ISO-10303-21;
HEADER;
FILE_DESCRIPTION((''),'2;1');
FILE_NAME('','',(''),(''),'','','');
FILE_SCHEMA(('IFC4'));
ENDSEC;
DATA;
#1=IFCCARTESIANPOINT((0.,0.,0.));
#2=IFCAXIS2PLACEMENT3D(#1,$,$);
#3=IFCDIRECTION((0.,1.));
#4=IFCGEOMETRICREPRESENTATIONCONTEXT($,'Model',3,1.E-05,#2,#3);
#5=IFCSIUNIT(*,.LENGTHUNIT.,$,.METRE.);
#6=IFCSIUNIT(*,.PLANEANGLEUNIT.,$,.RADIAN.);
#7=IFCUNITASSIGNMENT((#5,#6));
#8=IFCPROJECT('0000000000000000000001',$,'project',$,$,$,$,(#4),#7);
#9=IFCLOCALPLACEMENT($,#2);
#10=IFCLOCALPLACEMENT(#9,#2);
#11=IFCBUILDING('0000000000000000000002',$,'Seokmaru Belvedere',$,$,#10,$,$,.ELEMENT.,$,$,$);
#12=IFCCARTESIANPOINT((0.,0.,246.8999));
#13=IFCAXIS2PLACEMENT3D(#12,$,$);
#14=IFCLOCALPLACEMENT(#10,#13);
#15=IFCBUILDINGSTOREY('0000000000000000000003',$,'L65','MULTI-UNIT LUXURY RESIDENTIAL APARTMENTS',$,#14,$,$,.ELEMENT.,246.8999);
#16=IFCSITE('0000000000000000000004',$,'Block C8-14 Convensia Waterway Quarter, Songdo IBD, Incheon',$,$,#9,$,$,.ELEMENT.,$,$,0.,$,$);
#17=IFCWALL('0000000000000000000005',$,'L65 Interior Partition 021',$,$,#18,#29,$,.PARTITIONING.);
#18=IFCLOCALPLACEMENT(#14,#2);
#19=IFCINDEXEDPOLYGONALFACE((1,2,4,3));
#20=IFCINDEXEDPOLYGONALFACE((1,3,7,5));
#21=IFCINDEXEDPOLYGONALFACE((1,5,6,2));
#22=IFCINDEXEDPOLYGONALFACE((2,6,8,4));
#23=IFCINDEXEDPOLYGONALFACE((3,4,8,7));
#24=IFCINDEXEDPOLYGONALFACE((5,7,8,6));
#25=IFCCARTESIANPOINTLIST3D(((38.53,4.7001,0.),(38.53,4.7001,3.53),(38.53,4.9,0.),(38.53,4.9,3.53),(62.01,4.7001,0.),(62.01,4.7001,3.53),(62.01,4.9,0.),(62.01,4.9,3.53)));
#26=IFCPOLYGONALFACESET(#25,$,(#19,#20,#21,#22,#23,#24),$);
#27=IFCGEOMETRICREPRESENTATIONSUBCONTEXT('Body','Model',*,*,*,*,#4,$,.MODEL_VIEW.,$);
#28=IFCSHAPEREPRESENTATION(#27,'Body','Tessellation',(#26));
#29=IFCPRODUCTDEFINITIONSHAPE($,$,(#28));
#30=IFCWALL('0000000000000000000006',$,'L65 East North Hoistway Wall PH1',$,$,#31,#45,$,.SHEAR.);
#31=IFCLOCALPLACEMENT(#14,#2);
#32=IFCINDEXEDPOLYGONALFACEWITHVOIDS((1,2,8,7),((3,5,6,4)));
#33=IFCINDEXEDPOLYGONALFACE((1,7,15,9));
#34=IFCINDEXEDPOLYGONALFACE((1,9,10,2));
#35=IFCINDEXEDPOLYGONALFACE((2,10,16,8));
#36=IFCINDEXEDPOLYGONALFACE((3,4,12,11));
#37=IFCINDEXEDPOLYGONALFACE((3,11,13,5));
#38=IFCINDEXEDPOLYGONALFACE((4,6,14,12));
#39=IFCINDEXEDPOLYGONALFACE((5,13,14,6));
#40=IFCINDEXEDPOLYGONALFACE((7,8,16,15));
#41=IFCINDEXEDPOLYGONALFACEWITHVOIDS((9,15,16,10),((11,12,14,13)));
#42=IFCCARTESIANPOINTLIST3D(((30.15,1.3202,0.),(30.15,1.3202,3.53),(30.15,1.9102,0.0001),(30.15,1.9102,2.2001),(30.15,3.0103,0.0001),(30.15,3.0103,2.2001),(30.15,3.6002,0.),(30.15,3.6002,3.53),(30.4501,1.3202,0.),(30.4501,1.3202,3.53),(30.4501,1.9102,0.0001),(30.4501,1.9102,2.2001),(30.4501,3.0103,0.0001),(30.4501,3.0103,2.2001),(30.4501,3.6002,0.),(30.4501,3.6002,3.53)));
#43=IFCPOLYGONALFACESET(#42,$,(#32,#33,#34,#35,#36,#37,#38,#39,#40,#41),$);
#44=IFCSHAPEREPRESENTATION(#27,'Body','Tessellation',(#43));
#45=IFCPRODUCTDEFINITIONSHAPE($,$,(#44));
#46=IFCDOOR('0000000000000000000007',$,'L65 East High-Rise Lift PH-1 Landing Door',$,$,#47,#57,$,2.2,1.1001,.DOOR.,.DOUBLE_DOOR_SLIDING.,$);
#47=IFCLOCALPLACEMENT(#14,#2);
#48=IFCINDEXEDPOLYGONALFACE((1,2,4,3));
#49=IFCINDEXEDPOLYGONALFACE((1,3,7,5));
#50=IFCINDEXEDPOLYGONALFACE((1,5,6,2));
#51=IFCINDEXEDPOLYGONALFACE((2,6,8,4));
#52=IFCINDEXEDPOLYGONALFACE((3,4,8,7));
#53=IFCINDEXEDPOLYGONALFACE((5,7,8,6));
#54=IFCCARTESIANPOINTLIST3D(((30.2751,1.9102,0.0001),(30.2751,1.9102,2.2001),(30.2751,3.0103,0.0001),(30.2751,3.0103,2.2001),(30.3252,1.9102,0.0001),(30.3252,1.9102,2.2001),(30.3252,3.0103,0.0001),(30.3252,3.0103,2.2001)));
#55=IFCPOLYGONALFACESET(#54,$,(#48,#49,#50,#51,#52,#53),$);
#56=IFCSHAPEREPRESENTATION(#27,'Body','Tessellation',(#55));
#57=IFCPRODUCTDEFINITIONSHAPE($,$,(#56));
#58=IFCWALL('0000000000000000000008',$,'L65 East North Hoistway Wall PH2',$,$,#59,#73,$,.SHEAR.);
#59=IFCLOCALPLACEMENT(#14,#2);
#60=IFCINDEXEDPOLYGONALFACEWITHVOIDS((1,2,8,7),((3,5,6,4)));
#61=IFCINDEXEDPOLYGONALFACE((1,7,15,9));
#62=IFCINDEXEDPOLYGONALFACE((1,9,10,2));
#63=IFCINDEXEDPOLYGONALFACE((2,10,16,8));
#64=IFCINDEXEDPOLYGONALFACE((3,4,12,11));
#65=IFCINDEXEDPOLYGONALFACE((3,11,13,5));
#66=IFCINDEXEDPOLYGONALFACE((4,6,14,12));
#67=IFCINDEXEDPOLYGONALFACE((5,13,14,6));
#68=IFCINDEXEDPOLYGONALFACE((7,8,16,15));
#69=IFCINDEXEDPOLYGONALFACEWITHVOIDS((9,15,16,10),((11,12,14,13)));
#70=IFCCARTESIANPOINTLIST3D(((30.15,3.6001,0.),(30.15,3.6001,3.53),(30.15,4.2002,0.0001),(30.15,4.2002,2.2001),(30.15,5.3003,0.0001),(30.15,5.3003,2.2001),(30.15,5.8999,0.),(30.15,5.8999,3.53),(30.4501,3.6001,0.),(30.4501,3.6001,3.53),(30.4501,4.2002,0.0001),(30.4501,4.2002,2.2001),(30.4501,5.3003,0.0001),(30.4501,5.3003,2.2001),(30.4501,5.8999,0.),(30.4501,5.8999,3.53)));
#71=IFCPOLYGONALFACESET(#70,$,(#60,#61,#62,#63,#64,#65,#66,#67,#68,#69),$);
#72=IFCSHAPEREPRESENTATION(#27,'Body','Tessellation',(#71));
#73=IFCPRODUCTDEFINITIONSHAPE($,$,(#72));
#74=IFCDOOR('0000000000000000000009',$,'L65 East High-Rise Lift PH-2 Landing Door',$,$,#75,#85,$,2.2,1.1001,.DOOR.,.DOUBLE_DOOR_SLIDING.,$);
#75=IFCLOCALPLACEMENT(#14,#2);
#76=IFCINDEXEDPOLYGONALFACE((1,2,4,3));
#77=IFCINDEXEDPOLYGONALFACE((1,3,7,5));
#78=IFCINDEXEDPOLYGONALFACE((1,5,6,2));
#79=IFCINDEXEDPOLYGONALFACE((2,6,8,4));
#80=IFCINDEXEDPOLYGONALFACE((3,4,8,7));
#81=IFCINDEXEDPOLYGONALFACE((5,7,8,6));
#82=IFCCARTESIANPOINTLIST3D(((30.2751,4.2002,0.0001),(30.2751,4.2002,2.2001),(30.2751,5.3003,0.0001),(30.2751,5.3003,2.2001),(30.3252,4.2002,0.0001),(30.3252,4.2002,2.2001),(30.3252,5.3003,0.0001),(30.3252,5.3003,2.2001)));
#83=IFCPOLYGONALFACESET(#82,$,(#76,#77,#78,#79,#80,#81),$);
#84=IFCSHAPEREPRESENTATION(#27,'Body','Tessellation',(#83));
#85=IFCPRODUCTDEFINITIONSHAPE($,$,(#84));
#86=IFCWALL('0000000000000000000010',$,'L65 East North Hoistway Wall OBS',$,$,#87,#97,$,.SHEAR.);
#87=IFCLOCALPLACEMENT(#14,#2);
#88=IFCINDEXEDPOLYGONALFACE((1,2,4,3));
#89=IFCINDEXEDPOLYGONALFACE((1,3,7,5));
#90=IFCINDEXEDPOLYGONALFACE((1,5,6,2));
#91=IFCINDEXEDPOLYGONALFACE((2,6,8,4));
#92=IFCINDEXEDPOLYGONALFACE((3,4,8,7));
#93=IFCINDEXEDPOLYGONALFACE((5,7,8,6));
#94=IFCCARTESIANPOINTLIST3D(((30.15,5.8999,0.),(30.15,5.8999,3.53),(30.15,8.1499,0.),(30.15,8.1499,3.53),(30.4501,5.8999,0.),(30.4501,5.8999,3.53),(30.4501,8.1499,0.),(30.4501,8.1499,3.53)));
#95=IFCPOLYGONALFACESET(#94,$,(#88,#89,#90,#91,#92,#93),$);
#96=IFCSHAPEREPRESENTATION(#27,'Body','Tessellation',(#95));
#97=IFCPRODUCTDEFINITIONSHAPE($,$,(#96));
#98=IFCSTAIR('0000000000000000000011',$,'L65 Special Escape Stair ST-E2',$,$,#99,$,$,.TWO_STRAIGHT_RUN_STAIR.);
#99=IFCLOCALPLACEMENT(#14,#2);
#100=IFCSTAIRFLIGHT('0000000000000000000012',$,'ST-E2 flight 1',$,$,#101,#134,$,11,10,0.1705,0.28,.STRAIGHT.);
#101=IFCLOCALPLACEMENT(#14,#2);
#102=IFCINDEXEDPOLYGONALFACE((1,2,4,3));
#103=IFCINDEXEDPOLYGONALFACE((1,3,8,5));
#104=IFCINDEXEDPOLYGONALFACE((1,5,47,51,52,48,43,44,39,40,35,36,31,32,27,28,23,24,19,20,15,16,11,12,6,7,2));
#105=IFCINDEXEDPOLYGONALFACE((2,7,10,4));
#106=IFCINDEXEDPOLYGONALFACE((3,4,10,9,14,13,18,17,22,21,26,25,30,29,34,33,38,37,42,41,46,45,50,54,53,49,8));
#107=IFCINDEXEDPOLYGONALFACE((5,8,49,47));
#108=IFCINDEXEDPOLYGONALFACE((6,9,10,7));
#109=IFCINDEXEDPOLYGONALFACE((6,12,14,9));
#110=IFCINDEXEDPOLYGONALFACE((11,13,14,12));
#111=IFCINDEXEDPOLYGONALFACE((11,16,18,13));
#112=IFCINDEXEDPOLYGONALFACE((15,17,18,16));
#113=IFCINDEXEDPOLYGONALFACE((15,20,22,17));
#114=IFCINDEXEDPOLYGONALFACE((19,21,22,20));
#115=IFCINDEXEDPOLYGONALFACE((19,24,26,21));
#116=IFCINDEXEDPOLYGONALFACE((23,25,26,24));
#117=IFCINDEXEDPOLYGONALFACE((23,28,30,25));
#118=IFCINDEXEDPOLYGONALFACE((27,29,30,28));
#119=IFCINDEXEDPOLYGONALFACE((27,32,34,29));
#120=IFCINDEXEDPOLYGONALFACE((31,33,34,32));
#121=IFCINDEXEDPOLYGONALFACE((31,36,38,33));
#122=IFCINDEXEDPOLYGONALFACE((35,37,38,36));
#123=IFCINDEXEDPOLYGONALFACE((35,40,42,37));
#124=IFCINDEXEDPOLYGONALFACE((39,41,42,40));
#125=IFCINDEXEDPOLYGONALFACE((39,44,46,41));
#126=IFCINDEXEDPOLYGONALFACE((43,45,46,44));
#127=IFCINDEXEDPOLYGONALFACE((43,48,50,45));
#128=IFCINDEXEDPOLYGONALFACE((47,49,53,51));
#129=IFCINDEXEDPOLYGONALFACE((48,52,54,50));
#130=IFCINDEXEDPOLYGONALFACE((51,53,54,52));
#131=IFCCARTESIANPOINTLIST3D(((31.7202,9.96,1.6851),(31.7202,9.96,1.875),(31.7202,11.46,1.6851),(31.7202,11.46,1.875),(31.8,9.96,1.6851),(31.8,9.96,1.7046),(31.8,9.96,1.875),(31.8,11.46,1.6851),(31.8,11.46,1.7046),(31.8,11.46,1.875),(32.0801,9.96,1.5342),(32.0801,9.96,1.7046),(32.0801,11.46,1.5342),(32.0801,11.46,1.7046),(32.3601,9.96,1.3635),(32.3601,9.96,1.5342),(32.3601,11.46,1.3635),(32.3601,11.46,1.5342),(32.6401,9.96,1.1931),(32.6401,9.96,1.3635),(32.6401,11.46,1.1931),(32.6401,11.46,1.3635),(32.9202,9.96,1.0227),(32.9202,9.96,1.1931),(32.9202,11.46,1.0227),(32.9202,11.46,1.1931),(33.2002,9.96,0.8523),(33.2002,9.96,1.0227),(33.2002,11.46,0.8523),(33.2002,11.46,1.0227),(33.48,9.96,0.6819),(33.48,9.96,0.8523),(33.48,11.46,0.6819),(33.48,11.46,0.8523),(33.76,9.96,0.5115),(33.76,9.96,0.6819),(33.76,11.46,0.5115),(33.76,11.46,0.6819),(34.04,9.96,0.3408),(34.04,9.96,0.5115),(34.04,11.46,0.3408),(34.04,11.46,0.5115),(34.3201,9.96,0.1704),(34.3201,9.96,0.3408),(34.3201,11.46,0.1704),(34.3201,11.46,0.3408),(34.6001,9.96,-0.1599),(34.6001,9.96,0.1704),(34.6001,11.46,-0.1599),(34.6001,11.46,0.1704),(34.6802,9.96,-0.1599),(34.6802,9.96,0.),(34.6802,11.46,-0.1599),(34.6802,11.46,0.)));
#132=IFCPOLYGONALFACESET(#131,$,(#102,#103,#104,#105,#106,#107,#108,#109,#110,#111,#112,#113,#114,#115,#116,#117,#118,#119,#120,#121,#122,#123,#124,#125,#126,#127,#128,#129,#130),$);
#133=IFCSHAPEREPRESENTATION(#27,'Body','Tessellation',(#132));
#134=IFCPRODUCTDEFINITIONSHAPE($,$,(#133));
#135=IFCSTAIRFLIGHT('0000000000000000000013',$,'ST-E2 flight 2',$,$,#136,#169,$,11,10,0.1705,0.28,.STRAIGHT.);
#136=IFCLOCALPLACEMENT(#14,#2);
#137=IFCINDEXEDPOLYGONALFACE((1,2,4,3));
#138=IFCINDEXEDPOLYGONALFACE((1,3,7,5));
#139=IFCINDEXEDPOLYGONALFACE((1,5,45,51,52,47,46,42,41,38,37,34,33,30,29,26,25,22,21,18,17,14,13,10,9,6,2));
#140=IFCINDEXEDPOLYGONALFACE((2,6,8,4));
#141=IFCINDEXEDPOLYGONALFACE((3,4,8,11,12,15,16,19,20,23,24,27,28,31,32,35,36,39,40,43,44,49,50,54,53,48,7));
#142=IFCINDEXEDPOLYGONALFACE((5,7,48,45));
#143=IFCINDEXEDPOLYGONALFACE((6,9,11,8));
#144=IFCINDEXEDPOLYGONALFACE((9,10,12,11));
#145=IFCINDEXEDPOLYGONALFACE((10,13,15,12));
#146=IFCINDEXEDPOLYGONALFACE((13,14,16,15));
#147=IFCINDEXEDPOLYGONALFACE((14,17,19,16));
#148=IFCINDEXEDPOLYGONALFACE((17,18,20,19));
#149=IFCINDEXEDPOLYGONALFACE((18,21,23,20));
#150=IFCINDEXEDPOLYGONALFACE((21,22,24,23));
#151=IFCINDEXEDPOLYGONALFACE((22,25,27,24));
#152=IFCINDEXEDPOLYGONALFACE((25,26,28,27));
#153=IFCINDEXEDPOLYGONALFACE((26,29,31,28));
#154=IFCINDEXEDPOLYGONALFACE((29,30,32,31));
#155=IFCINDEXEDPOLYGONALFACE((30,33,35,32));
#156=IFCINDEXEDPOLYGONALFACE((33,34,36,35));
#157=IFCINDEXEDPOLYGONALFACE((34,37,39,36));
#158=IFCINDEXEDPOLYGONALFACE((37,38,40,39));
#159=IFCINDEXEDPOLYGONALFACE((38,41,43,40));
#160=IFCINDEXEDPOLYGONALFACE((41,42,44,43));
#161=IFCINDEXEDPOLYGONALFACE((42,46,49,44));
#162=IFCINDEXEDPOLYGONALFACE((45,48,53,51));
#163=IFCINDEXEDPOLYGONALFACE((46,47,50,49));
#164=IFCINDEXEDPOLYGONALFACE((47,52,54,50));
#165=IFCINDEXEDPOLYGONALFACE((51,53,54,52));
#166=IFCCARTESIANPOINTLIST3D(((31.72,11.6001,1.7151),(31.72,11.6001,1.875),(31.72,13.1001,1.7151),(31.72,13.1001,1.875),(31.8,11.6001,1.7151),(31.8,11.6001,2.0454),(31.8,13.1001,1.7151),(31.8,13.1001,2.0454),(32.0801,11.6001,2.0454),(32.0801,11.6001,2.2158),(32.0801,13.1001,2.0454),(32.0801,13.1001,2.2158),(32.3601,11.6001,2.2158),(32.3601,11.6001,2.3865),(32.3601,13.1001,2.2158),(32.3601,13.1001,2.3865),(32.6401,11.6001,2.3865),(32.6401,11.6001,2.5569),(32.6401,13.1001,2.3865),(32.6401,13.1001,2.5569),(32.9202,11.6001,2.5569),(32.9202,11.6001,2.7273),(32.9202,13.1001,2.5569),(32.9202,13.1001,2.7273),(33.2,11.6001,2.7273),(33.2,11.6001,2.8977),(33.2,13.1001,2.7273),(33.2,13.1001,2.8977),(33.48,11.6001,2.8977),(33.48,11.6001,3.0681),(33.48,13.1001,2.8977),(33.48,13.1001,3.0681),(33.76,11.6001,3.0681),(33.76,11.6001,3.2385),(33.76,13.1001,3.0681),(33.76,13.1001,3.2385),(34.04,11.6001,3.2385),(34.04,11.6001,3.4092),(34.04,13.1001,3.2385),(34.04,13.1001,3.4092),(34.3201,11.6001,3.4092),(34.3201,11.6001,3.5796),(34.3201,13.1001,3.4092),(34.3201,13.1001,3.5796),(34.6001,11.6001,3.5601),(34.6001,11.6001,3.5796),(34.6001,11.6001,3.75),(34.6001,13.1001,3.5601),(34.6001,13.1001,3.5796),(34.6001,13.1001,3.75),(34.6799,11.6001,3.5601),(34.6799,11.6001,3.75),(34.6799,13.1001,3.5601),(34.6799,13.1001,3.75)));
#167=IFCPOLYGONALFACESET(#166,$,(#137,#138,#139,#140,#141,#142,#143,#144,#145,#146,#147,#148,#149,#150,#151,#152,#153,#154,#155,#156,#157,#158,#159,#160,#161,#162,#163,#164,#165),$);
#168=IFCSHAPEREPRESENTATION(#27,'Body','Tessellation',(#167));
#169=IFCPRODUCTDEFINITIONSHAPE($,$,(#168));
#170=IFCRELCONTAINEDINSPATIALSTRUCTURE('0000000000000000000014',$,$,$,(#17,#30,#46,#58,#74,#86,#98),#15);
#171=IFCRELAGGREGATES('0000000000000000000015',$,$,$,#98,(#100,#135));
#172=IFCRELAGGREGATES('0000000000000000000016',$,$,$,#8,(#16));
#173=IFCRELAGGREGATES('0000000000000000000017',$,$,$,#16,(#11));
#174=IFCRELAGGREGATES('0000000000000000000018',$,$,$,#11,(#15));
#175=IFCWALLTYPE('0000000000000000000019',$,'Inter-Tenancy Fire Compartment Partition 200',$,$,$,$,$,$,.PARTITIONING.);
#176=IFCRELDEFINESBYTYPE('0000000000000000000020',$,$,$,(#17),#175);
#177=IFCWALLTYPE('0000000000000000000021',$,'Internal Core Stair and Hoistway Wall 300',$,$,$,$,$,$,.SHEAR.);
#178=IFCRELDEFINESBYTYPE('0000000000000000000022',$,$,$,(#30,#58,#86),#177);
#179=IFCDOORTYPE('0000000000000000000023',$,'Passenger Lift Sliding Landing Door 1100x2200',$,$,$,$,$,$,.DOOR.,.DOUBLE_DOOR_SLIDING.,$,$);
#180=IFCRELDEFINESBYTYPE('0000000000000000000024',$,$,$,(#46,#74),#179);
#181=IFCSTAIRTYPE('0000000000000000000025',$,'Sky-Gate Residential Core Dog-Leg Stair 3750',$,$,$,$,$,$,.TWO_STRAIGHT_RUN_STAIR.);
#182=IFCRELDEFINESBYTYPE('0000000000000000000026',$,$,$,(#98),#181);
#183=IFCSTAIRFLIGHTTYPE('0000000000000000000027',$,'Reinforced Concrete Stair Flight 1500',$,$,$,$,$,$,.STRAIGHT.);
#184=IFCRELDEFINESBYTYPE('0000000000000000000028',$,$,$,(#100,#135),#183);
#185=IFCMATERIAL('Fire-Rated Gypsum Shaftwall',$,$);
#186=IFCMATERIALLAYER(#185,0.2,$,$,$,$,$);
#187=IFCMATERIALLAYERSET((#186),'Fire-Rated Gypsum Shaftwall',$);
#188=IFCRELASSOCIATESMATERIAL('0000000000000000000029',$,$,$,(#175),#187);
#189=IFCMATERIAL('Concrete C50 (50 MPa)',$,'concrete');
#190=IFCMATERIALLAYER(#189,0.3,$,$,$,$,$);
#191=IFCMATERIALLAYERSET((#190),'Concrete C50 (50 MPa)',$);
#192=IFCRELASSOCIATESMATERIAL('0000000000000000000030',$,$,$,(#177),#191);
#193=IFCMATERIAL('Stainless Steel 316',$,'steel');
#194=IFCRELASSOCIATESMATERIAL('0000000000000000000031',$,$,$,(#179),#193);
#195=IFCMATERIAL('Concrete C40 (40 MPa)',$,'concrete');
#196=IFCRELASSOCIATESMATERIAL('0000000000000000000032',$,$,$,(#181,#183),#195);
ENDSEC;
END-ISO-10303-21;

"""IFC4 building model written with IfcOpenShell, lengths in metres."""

from ifc_helpers import new_model, si_unit, direction, frame, frame_2d, origin, place, context, subcontext, project, spatial, polyline, rectangle, outline, extrude, source, transform, mapped, material, layer, layer_set, type_object, type_shapes, element, fill, aggregate, save


model = new_model("IFC4")

# Units and contexts
model_context = context("Model", 3, precision=1e-05, world=origin(), true_north=direction((0.0, 1.0)))
body_context = subcontext(model_context, "Body", "Model", "MODEL_VIEW")
ifc_project = project(units=[si_unit("LENGTHUNIT", "METRE"), si_unit("PLANEANGLEUNIT", "RADIAN")], contexts=[model_context])

# Site, building, storey
site_placement = place(None, origin())
site = spatial("IfcSite", under=ifc_project, at=site_placement, Name="Block C8-14 Convensia Waterway Quarter, Songdo IBD, Incheon", CompositionType="ELEMENT", RefElevation=0.0)
building_placement = place(site_placement, origin())
building = spatial("IfcBuilding", under=site, at=building_placement, Name="Seokmaru Belvedere", CompositionType="ELEMENT")
storey_placement = place(building_placement, frame((0.0, 0.0, 246.8999)))
storey = spatial("IfcBuildingStorey", under=building, at=storey_placement, Name="L65", Description="MULTI-UNIT LUXURY RESIDENTIAL APARTMENTS", CompositionType="ELEMENT", Elevation=246.8999)

# Shared definitions
ifc_material_1 = material(Name="Fire-Rated Gypsum Shaftwall")

# Wall
ifc_layer_1 = layer(ifc_material_1, 0.2)
ifc_layer_set_1 = layer_set([ifc_layer_1], Name="Fire-Rated Gypsum Shaftwall")
wall_type_1 = type_object("IfcWallType", Name="Inter-Tenancy Fire Compartment Partition 200", PredefinedType="PARTITIONING", material=ifc_layer_set_1)
wall_1_placement = place(storey_placement, frame((38.53, 4.8, 0.0), z_axis=(0.0, 0.0, 1.0), x_axis=(1.0, 0.0, 0.0)))
element("IfcWall", 1, at=wall_1_placement, inside=storey, type_object=wall_type_1, Name="L65 Interior Partition 021", PredefinedType="PARTITIONING", context=body_context, shape_type="SweptSolid", body=[
    extrude(rectangle(XDim=23.48, YDim=0.2, at=frame_2d((11.74, 0.0))), origin(), (0.0, 0.0, 1.0), 3.53),
])

# Walls, openings, doors
ifc_material_2 = material(Name="Concrete C50 (50 MPa)", Category="concrete")
ifc_layer_2 = layer(ifc_material_2, 0.3)
ifc_layer_set_2 = layer_set([ifc_layer_2], Name="Concrete C50 (50 MPa)")
wall_type_2 = type_object("IfcWallType", Name="Internal Core Stair and Hoistway Wall 300", PredefinedType="SHEAR", material=ifc_layer_set_2)
wall_2_placement = place(storey_placement, frame((30.3, 1.3201, 0.0), z_axis=(0.0, 0.0, 1.0), x_axis=(0.0, 1.0, 0.0)))
wall_2 = element("IfcWall", 2, at=wall_2_placement, inside=storey, type_object=wall_type_2, Name="L65 East North Hoistway Wall PH1", PredefinedType="SHEAR", context=body_context, shape_type="SweptSolid", body=[
    extrude(rectangle(XDim=2.28, YDim=0.3, at=frame_2d((1.1401, 0.0))), origin(), (0.0, 0.0, 1.0), 3.53),
])
opening_1_placement = place(wall_2_placement, frame((0.5901, 0.0, 0.0)))
opening_1 = element("IfcOpeningElement", 3, at=opening_1_placement, cuts=wall_2, PredefinedType="OPENING", context=body_context, shape_type="SweptSolid", body=[
    extrude(rectangle(XDim=1.1001, YDim=2.2, at=frame_2d((0.55, 1.1001))), frame((0.0, 0.1602, 0.0), z_axis=(0.0, -1.0, 0.0), x_axis=(1.0, 0.0, 0.0)), (0.0, 0.0, 1.0), 0.3201),
])
ifc_material_3 = material(Name="Stainless Steel 316", Category="steel")
door_type_1 = type_object("IfcDoorType", Name="Passenger Lift Sliding Landing Door 1100x2200", OperationType="DOUBLE_DOOR_SLIDING", PredefinedType="DOOR", material=ifc_material_3)
shared_shape_1 = source(origin(), body_context, "Body", "SweptSolid", [
    extrude(rectangle(XDim=1.1001, YDim=2.2, at=frame_2d((0.55, 1.1001))), frame((0.0, 0.0249, 0.0), z_axis=(0.0, -1.0, 0.0), x_axis=(1.0, 0.0, 0.0)), (0.0, 0.0, 1.0), 0.05),
])
type_shapes(door_type_1, [shared_shape_1])
door_1_placement = place(opening_1_placement, origin())
door_1 = element("IfcDoor", 4, at=door_1_placement, inside=storey, type_object=door_type_1, Name="L65 East High-Rise Lift PH-1 Landing Door", OperationType="DOUBLE_DOOR_SLIDING", OverallHeight=2.2, OverallWidth=1.1001, PredefinedType="DOOR", context=body_context, shape_type="MappedRepresentation", body=[
    mapped(shared_shape_1, transform((0.0, 0.0, 0.0), scale=1.0)),
])
fill(opening_1, door_1)
wall_3_placement = place(storey_placement, frame((30.3, 3.6001, 0.0), z_axis=(0.0, 0.0, 1.0), x_axis=(0.0, 1.0, 0.0)))
wall_3 = element("IfcWall", 5, at=wall_3_placement, inside=storey, type_object=wall_type_2, Name="L65 East North Hoistway Wall PH2", PredefinedType="SHEAR", context=body_context, shape_type="SweptSolid", body=[
    extrude(rectangle(XDim=2.2998, YDim=0.3, at=frame_2d((1.1499, 0.0))), origin(), (0.0, 0.0, 1.0), 3.53),
])
opening_2_placement = place(wall_3_placement, frame((0.6001, 0.0, 0.0)))
opening_2 = element("IfcOpeningElement", 6, at=opening_2_placement, cuts=wall_3, PredefinedType="OPENING", context=body_context, shape_type="SweptSolid", body=[
    extrude(rectangle(XDim=1.1001, YDim=2.2, at=frame_2d((0.55, 1.1001))), frame((0.0, 0.1602, 0.0), z_axis=(0.0, -1.0, 0.0), x_axis=(1.0, 0.0, 0.0)), (0.0, 0.0, 1.0), 0.3201),
])
door_2_placement = place(opening_2_placement, origin())
door_2 = element("IfcDoor", 7, at=door_2_placement, inside=storey, type_object=door_type_1, Name="L65 East High-Rise Lift PH-2 Landing Door", OperationType="DOUBLE_DOOR_SLIDING", OverallHeight=2.2, OverallWidth=1.1001, PredefinedType="DOOR", context=body_context, shape_type="MappedRepresentation", body=[
    mapped(shared_shape_1, transform((0.0, 0.0, 0.0), scale=1.0)),
])
fill(opening_2, door_2)

# Wall
wall_4_placement = place(storey_placement, frame((30.3, 5.8999, 0.0), z_axis=(0.0, 0.0, 1.0), x_axis=(0.0, 1.0, 0.0)))
element("IfcWall", 8, at=wall_4_placement, inside=storey, type_object=wall_type_2, Name="L65 East North Hoistway Wall OBS", PredefinedType="SHEAR", context=body_context, shape_type="SweptSolid", body=[
    extrude(rectangle(XDim=2.25, YDim=0.3, at=frame_2d((1.125, 0.0))), origin(), (0.0, 0.0, 1.0), 3.53),
])

# Stair, stair flights
ifc_material_4 = material(Name="Concrete C40 (40 MPa)", Category="concrete")
stair_type = type_object("IfcStairType", Name="Sky-Gate Residential Core Dog-Leg Stair 3750", PredefinedType="TWO_STRAIGHT_RUN_STAIR", material=ifc_material_4)
stair_placement = place(storey_placement, origin())
stair = element("IfcStair", 9, at=stair_placement, inside=storey, type_object=stair_type, Name="L65 Special Escape Stair ST-E2", PredefinedType="TWO_STRAIGHT_RUN_STAIR")
stair_flight_type = type_object("IfcStairFlightType", Name="Reinforced Concrete Stair Flight 1500", PredefinedType="STRAIGHT", material=ifc_material_4)
stair_flight_1_placement = place(storey_placement, frame((34.6001, 10.71, 0.0), z_axis=(0.0, 0.0, 1.0), x_axis=(-1.0, 0.0, 0.0)))
stair_flight_1 = element("IfcStairFlight", 10, at=stair_flight_1_placement, type_object=stair_flight_type, Name="ST-E2 flight 1", NumberOfRisers=11, NumberOfTreads=10, PredefinedType="STRAIGHT", RiserHeight=0.1705, TreadLength=0.28, context=body_context, shape_type="SweptSolid", body=[
    extrude(outline(polyline([(-0.0801, 0.0), (0.0, 0.1704), (0.28, 0.1704), (0.28, 0.3408), (0.5601, 0.3408), (0.5601, 0.5115), (0.8401, 0.5115), (0.8401, 0.6819), (1.1201, 0.6819), (1.1201, 0.8523), (1.3999, 0.8523), (1.3999, 1.0227), (1.6799, 1.0227), (1.6799, 1.1931), (1.96, 1.1931), (1.96, 1.3635), (2.24, 1.3635), (2.24, 1.5342), (2.52, 1.5342), (2.52, 1.7046), (2.8, 1.7046), (2.8, 1.875), (2.8799, 1.875), (2.8799, 1.6851), (2.8, 1.6851), (0.0, -0.1599), (-0.0801, -0.1599), (-0.0801, 0.0)])), frame((0.0, 0.75, 0.0), z_axis=(0.0, -1.0, 0.0), x_axis=(1.0, 0.0, 0.0)), (0.0, 0.0, 1.0), 1.5),
])
stair_flight_2_placement = place(storey_placement, frame((31.8, 12.3501, 1.875), z_axis=(0.0, 0.0, 1.0), x_axis=(1.0, 0.0, 0.0)))
stair_flight_2 = element("IfcStairFlight", 11, at=stair_flight_2_placement, type_object=stair_flight_type, Name="ST-E2 flight 2", NumberOfRisers=11, NumberOfTreads=10, PredefinedType="STRAIGHT", RiserHeight=0.1705, TreadLength=0.28, context=body_context, shape_type="SweptSolid", body=[
    extrude(outline(polyline([(-0.0801, 0.0), (0.0, 0.1704), (0.28, 0.1704), (0.28, 0.3408), (0.5601, 0.3408), (0.5601, 0.5115), (0.8401, 0.5115), (0.8401, 0.6819), (1.1201, 0.6819), (1.1201, 0.8523), (1.3999, 0.8523), (1.3999, 1.0227), (1.6799, 1.0227), (1.6799, 1.1931), (1.96, 1.1931), (1.96, 1.3635), (2.24, 1.3635), (2.24, 1.5342), (2.52, 1.5342), (2.52, 1.7046), (2.8, 1.7046), (2.8, 1.875), (2.8799, 1.875), (2.8799, 1.6851), (2.8, 1.6851), (0.0, -0.1599), (-0.0801, -0.1599), (-0.0801, 0.0)])), frame((0.0, 0.75, 0.0), z_axis=(0.0, -1.0, 0.0), x_axis=(1.0, 0.0, 0.0)), (0.0, 0.0, 1.0), 1.5),
])
aggregate(stair, [stair_flight_1, stair_flight_2])

save(model, "model.ifc")
